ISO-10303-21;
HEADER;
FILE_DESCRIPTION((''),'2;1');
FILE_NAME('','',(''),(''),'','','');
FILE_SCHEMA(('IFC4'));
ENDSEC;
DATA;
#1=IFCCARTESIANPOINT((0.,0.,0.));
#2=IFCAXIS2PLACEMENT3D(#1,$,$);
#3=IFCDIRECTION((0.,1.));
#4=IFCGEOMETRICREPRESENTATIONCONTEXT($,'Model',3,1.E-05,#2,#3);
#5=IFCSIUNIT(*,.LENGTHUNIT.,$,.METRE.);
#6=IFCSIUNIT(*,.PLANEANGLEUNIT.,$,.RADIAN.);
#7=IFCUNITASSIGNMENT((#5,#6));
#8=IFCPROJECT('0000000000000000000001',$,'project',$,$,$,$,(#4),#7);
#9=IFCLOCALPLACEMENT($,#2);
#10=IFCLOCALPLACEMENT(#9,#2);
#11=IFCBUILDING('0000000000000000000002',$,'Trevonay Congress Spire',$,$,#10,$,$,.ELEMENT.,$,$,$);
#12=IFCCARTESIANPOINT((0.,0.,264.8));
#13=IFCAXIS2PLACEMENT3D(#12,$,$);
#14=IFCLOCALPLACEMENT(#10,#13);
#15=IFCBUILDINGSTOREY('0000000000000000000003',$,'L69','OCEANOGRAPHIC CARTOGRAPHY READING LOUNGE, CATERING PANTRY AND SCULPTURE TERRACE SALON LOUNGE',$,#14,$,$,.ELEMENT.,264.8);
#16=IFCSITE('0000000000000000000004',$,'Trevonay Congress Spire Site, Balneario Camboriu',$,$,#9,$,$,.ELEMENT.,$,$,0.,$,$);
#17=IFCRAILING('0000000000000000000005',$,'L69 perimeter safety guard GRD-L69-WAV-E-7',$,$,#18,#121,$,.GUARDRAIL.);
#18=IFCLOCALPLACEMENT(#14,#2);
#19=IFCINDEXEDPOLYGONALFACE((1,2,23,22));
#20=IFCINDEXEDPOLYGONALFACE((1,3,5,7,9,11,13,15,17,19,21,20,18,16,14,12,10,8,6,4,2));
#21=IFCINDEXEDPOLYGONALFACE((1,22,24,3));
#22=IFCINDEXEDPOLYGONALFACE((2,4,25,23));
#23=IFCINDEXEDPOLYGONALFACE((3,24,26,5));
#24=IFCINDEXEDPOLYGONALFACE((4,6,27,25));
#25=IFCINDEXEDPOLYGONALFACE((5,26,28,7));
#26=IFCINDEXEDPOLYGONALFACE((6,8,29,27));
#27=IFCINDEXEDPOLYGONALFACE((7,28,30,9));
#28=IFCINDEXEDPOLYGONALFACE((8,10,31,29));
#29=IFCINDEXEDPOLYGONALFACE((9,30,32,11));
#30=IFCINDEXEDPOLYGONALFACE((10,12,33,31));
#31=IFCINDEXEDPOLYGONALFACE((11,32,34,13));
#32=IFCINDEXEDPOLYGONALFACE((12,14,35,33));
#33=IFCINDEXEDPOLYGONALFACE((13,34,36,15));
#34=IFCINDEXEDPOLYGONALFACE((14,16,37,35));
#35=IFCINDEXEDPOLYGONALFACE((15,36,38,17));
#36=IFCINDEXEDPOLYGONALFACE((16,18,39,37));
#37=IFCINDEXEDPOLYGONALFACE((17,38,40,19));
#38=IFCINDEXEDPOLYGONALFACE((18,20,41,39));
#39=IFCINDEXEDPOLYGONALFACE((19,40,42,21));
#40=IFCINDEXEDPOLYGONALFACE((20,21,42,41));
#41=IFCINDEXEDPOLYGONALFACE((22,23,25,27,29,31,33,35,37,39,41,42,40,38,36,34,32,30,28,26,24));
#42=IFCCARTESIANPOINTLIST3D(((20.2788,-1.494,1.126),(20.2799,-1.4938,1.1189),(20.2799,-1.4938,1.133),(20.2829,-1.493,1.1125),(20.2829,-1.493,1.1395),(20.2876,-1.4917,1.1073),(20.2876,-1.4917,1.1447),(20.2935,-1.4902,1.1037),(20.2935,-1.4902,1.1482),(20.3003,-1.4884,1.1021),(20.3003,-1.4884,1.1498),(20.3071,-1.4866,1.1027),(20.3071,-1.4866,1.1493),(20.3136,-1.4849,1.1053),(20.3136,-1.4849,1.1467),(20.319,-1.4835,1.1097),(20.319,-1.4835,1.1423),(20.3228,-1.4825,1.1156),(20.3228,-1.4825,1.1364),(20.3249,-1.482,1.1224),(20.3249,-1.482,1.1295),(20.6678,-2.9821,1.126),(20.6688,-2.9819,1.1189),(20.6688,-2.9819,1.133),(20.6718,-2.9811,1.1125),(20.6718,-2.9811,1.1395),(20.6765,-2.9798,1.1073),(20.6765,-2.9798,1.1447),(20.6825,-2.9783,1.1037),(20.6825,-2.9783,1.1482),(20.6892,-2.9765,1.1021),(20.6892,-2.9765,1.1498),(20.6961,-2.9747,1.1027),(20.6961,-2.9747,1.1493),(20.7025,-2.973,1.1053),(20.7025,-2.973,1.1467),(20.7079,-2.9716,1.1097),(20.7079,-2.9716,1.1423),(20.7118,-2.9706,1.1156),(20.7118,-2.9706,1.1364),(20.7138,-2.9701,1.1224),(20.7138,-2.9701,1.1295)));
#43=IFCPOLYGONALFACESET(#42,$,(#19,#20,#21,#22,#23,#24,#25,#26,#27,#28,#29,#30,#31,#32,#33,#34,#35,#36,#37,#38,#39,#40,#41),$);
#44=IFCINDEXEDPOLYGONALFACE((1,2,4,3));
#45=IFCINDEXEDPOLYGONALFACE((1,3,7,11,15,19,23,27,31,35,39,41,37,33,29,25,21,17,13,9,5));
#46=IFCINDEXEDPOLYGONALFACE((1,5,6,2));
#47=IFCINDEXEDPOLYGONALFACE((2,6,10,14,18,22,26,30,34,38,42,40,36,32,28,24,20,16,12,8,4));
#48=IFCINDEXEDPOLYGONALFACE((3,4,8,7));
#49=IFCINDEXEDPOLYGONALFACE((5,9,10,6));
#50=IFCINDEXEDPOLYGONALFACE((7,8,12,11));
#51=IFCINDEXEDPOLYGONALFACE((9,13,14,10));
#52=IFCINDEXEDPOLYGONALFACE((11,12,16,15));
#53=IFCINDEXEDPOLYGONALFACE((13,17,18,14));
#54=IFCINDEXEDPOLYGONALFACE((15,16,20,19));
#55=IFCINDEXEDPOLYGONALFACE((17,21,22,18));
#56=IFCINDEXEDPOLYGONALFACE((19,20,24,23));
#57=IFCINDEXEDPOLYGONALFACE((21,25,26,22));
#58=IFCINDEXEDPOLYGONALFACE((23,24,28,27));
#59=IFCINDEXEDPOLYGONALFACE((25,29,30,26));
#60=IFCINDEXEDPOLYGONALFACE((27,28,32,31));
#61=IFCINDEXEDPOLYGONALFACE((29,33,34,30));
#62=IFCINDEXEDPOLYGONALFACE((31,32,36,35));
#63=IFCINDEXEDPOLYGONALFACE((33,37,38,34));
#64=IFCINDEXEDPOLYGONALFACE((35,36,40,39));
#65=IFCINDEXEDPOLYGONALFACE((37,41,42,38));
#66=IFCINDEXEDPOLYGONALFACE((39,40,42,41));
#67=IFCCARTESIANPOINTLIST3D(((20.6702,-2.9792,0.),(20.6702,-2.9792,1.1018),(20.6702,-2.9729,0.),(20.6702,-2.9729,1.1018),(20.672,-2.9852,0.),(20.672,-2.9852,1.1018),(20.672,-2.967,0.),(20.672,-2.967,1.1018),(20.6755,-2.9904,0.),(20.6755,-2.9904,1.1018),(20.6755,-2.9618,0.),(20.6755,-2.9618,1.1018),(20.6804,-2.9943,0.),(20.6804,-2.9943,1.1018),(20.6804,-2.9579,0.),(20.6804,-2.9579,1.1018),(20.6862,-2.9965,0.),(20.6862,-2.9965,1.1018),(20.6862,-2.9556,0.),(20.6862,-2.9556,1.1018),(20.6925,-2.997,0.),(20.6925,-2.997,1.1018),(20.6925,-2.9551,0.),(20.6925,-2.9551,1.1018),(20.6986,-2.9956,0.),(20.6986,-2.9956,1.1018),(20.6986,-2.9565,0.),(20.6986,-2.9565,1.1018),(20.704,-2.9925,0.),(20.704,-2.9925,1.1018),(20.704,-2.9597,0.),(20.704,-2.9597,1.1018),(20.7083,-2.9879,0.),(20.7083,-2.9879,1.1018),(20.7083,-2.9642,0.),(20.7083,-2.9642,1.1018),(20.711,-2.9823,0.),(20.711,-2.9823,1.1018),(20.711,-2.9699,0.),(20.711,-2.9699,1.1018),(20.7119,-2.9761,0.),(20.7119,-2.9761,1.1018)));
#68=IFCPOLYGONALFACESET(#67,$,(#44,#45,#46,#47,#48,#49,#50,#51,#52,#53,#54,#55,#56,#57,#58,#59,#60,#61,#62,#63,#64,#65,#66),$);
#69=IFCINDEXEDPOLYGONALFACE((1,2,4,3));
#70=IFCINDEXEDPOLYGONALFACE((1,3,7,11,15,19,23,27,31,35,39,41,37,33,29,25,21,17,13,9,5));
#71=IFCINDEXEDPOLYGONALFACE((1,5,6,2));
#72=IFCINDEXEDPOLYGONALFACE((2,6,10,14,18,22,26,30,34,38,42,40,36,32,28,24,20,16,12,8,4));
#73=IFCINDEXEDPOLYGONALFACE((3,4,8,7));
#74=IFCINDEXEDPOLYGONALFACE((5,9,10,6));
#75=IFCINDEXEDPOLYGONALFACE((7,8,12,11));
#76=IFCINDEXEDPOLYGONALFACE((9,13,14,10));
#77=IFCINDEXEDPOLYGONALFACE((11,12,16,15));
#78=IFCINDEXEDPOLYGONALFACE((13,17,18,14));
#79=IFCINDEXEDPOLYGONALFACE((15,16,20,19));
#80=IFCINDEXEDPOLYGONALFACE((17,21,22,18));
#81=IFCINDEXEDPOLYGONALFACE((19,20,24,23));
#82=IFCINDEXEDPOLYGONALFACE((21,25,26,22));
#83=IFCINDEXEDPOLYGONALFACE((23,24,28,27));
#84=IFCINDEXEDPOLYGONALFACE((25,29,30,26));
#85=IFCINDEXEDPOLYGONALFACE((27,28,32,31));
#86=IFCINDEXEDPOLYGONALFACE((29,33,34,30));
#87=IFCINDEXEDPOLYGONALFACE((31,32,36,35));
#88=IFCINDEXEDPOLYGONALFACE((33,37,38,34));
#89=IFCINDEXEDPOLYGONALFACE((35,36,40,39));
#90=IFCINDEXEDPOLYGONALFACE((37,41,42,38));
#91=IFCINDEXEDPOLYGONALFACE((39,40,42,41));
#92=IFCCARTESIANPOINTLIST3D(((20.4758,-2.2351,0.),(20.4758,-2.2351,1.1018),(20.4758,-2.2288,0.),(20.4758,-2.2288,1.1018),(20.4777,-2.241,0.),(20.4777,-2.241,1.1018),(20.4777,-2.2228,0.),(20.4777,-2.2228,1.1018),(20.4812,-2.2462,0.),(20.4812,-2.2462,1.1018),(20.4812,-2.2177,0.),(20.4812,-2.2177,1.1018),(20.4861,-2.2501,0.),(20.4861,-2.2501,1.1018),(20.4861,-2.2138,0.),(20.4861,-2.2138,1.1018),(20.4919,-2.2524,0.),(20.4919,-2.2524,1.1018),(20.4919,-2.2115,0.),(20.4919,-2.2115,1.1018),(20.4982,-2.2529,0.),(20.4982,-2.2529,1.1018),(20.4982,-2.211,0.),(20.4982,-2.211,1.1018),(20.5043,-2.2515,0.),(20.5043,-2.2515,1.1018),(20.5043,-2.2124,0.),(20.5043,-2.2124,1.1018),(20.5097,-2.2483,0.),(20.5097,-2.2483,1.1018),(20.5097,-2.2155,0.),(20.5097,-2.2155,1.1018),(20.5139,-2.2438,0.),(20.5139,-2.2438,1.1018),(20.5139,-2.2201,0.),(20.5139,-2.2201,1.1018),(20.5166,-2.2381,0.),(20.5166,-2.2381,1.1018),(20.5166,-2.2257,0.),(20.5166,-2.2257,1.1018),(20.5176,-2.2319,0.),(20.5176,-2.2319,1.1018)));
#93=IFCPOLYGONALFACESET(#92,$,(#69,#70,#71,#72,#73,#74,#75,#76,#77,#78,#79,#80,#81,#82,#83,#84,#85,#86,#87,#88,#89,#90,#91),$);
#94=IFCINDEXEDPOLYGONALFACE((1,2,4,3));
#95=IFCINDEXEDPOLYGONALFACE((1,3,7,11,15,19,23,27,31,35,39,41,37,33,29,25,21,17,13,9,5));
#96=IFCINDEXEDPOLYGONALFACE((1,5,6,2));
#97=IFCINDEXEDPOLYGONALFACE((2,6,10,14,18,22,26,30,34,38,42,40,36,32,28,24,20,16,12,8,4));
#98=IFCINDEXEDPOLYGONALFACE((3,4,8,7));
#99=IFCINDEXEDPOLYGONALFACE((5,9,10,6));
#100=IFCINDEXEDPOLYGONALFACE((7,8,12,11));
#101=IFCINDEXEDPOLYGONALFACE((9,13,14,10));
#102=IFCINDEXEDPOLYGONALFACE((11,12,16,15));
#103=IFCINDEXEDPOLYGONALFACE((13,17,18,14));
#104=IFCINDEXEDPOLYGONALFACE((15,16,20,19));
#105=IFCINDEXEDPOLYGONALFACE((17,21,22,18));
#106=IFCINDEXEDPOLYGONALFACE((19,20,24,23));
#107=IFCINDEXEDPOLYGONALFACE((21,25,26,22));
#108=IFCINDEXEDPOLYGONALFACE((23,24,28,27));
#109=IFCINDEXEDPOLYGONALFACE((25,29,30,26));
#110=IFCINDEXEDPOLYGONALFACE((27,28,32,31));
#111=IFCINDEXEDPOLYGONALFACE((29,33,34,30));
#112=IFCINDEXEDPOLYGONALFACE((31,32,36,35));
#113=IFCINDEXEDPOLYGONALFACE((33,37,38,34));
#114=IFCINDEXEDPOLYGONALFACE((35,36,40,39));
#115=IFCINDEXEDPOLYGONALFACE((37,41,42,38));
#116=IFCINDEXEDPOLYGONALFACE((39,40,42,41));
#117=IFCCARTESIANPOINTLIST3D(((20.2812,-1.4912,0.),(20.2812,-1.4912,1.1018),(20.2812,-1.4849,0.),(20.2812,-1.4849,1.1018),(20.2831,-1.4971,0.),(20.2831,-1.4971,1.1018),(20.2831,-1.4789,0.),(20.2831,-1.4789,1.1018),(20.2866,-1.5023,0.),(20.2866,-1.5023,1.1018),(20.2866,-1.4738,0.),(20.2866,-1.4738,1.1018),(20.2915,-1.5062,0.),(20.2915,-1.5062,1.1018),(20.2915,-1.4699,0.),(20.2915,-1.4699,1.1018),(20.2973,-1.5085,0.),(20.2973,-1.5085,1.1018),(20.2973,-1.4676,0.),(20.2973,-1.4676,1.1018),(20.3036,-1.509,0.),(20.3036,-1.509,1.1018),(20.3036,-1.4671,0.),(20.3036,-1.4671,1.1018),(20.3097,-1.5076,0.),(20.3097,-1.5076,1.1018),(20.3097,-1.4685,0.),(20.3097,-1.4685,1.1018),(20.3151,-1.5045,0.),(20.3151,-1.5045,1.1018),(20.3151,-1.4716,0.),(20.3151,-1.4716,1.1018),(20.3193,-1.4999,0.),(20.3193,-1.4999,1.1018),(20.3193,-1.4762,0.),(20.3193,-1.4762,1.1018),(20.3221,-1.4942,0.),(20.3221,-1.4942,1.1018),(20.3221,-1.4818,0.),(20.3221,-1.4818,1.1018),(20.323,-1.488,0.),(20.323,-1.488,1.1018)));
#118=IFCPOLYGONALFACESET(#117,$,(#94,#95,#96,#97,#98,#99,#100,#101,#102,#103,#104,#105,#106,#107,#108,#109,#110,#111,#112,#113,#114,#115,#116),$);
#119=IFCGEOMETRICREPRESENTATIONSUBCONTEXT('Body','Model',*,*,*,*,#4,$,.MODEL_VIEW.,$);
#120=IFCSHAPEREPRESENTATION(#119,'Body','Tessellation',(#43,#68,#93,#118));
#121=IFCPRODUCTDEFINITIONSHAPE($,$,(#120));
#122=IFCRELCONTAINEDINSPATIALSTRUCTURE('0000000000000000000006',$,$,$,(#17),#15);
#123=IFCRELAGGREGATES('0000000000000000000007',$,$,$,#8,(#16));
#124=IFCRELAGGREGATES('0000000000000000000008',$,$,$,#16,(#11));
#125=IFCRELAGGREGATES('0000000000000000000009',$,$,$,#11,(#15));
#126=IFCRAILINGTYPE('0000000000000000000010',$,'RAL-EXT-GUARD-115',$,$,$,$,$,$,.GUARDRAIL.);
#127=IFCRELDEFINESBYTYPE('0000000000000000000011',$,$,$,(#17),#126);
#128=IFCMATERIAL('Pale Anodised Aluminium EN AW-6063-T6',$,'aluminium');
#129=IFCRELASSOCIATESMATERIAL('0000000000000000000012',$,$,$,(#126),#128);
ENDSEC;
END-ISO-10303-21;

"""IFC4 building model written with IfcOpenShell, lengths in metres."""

from ifc_helpers import new_model, si_unit, direction, frame, origin, origin_2d, place, context, subcontext, project, spatial, circle, extrude, material, type_object, element, save


model = new_model("IFC4")

# Units and contexts
model_context = context("Model", 3, precision=1e-05, world=origin(), true_north=direction((0.0, 1.0)))
body_context = subcontext(model_context, "Body", "Model", "MODEL_VIEW")
ifc_project = project(units=[si_unit("LENGTHUNIT", "METRE"), si_unit("PLANEANGLEUNIT", "RADIAN")], contexts=[model_context])

# Site, building, storey
site_placement = place(None, origin())
site = spatial("IfcSite", under=ifc_project, at=site_placement, Name="Trevonay Congress Spire Site, Balneario Camboriu", CompositionType="ELEMENT", RefElevation=0.0)
building_placement = place(site_placement, origin())
building = spatial("IfcBuilding", under=site, at=building_placement, Name="Trevonay Congress Spire", CompositionType="ELEMENT")
storey_placement = place(building_placement, frame((0.0, 0.0, 264.8)))
storey = spatial("IfcBuildingStorey", under=building, at=storey_placement, Name="L69", Description="OCEANOGRAPHIC CARTOGRAPHY READING LOUNGE, CATERING PANTRY AND SCULPTURE TERRACE SALON LOUNGE", CompositionType="ELEMENT", Elevation=264.8)

# Shared definitions
ifc_material_1 = material(Name="Pale Anodised Aluminium EN AW-6063-T6", Category="aluminium")

# Railing
railing_type_1 = type_object("IfcRailingType", Name="RAL-EXT-GUARD-115", PredefinedType="GUARDRAIL", material=ifc_material_1)
railing_1_placement = place(storey_placement, frame((20.6909, -2.9761, 0.0)))
element("IfcRailing", 1, at=railing_1_placement, inside=storey, type_object=railing_type_1, Name="L69 perimeter safety guard GRD-L69-WAV-E-7", PredefinedType="GUARDRAIL", context=body_context, shape_type="SweptSolid", body=[
    extrude(circle(Radius=0.0239, at=origin_2d()), frame((0.0, 0.0, 1.126), z_axis=(-0.252868, 0.967501, 0.0), x_axis=(-0.967501, -0.252868, 0.0)), (0.0, 0.0, 1.0), 1.5381),
    extrude(circle(Radius=0.021, at=origin_2d()), origin(), (0.0, 0.0, 1.0), 1.1018),
    extrude(circle(Radius=0.021, at=origin_2d()), frame((-0.1943, 0.7441, 0.0)), (0.0, 0.0, 1.0), 1.1018),
    extrude(circle(Radius=0.021, at=origin_2d()), frame((-0.3889, 1.488, 0.0)), (0.0, 0.0, 1.0), 1.1018),
])

save(model, "model.ifc")
